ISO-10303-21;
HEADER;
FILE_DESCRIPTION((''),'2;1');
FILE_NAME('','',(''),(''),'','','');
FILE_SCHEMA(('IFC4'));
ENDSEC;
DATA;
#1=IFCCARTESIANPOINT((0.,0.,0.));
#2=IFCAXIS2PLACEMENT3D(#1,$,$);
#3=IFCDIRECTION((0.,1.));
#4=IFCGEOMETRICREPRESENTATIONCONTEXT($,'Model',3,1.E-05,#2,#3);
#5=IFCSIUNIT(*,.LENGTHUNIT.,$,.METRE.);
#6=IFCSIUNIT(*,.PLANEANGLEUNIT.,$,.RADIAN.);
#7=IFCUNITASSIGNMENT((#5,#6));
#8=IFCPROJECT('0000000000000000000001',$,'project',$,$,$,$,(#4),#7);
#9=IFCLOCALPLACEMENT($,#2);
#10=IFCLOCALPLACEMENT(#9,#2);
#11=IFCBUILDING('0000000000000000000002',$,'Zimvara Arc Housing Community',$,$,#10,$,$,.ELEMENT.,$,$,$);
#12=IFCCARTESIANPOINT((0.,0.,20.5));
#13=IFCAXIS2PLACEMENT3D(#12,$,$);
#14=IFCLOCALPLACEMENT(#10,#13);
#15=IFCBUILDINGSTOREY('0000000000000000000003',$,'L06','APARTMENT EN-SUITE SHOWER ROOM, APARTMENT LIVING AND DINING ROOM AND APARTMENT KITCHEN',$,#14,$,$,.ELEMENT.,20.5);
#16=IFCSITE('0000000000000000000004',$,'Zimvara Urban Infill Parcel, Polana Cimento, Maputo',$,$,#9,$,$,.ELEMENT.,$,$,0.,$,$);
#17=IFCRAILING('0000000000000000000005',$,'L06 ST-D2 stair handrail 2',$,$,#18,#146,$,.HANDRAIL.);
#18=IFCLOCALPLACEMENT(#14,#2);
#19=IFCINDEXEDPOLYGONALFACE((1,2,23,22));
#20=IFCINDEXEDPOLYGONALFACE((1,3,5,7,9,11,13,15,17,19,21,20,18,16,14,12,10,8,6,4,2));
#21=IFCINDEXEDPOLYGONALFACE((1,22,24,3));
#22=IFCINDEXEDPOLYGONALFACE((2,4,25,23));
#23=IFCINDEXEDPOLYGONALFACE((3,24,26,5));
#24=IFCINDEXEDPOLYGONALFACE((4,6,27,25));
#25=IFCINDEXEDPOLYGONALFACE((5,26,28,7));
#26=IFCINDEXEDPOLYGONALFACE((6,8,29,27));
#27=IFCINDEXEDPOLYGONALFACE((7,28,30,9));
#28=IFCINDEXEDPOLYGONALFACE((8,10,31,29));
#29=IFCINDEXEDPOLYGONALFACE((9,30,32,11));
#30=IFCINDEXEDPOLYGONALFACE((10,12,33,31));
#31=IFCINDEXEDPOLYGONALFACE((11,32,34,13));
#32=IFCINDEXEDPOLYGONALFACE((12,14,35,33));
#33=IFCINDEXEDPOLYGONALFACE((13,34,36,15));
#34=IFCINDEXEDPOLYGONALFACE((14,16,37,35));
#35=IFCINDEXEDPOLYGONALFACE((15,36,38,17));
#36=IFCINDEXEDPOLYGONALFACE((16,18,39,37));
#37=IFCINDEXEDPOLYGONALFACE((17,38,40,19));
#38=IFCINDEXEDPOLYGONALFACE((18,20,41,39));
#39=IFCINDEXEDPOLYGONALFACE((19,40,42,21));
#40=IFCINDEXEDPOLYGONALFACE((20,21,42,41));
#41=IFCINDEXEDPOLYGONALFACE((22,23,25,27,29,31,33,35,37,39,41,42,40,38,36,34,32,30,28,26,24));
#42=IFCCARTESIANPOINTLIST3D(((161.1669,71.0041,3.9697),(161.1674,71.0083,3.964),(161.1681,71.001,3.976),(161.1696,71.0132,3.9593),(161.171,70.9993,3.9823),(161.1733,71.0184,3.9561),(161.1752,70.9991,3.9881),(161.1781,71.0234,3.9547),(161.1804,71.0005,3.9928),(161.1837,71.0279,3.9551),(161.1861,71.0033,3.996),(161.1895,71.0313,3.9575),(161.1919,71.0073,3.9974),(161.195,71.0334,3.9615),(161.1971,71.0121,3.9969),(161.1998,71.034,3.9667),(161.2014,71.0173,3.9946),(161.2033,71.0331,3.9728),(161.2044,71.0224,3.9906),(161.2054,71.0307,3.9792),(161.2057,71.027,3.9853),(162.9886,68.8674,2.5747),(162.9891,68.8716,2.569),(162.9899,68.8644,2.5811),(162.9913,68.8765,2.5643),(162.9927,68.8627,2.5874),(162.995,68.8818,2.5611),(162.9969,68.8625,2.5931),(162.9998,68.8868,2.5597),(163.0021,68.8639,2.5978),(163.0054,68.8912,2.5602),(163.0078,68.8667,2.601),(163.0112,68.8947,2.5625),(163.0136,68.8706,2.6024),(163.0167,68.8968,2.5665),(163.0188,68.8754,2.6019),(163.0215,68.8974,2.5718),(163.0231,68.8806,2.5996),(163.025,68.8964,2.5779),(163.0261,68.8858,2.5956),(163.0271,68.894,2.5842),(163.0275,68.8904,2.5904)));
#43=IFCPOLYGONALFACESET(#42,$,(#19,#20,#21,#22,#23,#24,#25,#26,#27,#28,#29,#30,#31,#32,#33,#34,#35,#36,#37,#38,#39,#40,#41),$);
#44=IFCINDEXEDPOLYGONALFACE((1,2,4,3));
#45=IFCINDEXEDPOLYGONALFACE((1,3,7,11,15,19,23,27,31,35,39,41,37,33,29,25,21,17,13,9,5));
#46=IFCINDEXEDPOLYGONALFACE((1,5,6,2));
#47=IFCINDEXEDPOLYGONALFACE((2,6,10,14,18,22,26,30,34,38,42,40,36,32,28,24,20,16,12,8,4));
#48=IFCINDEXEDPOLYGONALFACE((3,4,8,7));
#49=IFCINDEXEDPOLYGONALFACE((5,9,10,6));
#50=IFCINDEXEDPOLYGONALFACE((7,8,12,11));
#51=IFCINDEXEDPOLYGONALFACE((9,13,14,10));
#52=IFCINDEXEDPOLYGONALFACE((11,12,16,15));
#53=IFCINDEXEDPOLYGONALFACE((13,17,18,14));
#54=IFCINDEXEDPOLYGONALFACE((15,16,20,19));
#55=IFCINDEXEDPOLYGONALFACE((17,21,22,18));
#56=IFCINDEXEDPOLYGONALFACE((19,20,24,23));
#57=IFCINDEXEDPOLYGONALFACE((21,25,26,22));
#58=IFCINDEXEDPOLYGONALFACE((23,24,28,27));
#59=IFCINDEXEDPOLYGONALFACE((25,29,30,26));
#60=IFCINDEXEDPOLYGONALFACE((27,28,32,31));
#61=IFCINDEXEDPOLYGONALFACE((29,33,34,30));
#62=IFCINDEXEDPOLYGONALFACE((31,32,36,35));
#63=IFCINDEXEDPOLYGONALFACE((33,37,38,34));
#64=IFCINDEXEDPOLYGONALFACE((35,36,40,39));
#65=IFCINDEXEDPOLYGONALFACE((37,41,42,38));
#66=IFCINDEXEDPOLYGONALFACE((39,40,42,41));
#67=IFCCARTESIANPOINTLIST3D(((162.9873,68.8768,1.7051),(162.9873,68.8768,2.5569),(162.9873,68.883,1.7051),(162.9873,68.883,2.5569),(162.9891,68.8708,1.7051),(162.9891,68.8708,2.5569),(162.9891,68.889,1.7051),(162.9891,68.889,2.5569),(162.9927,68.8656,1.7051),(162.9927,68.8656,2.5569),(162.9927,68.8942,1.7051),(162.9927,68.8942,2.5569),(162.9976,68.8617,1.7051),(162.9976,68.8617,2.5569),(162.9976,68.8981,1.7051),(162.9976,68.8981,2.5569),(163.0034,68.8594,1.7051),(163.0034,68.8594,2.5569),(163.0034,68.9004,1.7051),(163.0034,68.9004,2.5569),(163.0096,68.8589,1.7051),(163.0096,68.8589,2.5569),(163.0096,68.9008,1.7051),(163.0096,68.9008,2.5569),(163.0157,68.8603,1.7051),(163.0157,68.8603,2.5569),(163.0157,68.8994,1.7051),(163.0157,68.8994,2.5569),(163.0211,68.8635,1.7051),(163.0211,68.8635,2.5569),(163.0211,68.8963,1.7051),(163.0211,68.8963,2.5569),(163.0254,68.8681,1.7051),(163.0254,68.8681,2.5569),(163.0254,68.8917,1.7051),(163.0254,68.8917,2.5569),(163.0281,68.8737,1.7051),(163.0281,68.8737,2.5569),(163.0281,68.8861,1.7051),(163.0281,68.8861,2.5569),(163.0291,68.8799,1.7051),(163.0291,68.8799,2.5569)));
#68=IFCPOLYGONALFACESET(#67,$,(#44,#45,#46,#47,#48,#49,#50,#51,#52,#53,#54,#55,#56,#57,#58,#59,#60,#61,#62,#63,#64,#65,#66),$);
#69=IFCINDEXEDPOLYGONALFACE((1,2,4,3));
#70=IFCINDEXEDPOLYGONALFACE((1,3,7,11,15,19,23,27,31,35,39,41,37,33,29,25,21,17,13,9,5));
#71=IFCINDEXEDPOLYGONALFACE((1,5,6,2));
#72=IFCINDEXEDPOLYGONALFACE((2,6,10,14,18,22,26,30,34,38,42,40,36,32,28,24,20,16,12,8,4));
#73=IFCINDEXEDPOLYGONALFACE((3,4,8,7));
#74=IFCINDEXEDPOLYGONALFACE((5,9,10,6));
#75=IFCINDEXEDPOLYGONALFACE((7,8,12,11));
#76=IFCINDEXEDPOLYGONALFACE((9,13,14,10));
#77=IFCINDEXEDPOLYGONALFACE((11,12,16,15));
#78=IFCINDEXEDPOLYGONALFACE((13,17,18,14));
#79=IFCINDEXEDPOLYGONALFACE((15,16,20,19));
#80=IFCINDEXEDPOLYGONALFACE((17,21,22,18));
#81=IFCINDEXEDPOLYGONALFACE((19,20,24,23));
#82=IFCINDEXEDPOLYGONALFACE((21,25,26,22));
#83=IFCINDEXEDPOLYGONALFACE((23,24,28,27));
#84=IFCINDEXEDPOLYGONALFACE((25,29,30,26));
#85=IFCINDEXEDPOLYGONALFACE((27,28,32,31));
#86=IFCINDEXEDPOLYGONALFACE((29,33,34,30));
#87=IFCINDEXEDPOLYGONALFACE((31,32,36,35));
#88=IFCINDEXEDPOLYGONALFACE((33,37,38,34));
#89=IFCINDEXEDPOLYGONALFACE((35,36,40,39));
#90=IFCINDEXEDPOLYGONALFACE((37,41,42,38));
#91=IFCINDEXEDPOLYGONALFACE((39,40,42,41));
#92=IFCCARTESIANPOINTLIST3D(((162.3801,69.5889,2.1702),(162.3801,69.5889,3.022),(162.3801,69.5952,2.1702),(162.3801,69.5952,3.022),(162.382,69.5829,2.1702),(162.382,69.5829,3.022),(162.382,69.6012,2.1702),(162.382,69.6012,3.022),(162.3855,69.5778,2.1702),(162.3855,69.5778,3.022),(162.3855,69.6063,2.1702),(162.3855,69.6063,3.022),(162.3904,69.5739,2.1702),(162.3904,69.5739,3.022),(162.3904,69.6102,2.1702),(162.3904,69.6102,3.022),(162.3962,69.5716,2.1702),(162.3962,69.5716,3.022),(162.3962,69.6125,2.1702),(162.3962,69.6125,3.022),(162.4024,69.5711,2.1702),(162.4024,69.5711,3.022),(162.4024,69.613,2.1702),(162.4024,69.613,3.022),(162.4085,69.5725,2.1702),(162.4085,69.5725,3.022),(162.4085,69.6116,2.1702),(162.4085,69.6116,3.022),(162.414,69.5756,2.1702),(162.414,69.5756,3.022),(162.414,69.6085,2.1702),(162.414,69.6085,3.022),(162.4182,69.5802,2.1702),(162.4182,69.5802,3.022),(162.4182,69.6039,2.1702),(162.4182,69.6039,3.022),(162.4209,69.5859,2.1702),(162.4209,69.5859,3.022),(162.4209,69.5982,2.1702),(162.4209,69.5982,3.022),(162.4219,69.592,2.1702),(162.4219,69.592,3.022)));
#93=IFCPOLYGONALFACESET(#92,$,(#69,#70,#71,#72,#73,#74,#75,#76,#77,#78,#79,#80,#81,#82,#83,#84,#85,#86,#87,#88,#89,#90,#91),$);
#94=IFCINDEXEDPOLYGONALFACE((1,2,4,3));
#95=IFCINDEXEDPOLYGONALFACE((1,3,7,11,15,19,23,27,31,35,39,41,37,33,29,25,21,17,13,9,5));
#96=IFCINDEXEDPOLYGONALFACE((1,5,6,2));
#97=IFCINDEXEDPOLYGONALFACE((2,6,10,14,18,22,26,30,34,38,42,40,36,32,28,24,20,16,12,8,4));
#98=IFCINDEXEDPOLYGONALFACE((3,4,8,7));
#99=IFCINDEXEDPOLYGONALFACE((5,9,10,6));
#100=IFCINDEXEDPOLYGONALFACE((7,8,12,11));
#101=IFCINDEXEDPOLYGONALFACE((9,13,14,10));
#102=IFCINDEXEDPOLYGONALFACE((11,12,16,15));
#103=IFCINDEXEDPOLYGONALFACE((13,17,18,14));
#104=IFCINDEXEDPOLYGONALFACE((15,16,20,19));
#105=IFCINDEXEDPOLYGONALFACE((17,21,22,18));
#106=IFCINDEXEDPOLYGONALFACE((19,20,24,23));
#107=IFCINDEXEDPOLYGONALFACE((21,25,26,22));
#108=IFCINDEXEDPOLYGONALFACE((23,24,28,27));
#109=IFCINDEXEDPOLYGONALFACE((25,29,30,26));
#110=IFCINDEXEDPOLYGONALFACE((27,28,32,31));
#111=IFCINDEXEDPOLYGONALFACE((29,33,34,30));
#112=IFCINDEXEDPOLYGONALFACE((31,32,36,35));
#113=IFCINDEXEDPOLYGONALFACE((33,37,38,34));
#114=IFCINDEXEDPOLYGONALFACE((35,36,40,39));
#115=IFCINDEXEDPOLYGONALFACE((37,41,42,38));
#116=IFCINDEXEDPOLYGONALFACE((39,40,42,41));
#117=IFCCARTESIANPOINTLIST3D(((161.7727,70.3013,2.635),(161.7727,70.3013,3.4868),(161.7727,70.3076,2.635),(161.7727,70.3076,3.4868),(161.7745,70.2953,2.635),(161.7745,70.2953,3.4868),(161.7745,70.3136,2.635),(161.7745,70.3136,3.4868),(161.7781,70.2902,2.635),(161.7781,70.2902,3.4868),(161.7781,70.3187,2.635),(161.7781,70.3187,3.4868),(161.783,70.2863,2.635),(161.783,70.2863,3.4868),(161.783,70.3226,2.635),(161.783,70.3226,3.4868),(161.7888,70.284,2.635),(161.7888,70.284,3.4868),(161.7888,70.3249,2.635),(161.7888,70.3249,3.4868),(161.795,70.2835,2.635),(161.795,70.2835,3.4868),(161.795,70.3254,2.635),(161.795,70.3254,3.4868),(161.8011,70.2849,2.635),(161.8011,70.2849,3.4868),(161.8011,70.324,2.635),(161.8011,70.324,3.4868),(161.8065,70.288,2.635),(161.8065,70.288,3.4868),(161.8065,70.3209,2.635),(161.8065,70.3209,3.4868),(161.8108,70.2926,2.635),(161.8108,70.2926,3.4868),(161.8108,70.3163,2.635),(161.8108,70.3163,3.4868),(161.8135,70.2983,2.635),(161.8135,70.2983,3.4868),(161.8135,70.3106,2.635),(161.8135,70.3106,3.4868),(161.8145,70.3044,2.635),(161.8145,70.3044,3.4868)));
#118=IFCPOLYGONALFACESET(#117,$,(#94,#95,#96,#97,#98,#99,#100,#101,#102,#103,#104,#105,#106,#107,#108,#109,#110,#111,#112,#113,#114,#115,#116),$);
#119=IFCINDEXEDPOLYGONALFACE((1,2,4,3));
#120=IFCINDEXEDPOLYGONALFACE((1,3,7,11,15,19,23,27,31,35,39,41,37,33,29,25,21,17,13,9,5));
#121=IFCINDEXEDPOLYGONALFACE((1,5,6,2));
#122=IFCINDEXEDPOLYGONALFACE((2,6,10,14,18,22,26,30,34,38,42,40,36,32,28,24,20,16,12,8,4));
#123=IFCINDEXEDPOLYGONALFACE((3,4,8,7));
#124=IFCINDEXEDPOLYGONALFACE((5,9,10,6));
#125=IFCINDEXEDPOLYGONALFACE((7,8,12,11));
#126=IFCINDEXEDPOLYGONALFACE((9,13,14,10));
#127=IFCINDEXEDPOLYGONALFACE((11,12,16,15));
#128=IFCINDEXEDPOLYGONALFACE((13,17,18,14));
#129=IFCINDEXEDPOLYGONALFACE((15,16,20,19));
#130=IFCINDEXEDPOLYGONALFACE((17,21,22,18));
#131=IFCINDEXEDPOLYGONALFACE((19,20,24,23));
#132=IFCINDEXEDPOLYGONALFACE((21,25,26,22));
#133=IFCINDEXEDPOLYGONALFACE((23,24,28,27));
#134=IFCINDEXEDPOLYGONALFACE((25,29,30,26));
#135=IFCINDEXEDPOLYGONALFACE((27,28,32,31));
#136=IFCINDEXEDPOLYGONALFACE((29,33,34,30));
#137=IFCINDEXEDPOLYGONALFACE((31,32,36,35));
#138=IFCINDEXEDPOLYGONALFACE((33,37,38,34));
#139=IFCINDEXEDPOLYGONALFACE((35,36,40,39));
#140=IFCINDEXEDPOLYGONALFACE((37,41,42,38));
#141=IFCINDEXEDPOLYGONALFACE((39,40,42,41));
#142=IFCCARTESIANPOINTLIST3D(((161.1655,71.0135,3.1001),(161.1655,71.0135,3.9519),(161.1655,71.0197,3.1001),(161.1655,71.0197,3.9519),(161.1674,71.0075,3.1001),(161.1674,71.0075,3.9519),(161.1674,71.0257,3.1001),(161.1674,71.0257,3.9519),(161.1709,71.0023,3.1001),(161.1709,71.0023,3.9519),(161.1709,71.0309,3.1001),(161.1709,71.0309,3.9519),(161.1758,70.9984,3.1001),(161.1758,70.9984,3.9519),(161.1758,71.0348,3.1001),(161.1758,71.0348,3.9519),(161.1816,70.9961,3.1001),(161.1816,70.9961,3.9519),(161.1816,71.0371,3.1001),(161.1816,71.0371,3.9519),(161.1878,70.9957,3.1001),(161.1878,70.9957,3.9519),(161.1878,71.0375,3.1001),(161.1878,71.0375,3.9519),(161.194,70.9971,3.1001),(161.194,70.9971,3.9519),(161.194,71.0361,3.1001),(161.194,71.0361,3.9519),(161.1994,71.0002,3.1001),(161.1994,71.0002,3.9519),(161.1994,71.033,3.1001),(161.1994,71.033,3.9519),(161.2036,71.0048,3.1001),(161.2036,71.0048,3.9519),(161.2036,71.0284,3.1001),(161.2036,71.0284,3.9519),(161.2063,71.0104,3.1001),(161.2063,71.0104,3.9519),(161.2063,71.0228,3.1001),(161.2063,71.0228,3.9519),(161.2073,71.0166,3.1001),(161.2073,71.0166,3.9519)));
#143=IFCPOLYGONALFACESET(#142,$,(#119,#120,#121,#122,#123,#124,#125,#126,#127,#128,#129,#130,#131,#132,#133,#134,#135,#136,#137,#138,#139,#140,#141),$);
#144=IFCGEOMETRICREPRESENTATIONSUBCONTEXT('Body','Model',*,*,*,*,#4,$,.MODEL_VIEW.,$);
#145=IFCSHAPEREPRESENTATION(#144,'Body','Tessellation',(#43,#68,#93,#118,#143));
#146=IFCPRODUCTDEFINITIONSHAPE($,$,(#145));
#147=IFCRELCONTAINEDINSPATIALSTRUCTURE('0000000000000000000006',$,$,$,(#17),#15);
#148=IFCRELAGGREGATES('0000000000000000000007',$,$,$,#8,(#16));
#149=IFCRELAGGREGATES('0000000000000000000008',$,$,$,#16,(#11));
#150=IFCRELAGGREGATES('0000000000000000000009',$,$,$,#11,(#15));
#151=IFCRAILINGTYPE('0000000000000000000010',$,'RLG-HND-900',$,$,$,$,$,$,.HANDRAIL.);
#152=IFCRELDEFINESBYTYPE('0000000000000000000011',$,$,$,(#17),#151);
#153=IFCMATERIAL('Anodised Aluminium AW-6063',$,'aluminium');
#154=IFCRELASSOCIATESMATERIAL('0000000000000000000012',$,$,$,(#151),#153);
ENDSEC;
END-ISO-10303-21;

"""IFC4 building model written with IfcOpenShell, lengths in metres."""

from ifc_helpers import new_model, si_unit, direction, frame, origin, origin_2d, place, context, subcontext, project, spatial, circle, extrude, material, type_object, element, save


model = new_model("IFC4")

# Units and contexts
model_context = context("Model", 3, precision=1e-05, world=origin(), true_north=direction((0.0, 1.0)))
body_context = subcontext(model_context, "Body", "Model", "MODEL_VIEW")
ifc_project = project(units=[si_unit("LENGTHUNIT", "METRE"), si_unit("PLANEANGLEUNIT", "RADIAN")], contexts=[model_context])

# Site, building, storey
site_placement = place(None, origin())
site = spatial("IfcSite", under=ifc_project, at=site_placement, Name="Zimvara Urban Infill Parcel, Polana Cimento, Maputo", CompositionType="ELEMENT", RefElevation=0.0)
building_placement = place(site_placement, origin())
building = spatial("IfcBuilding", under=site, at=building_placement, Name="Zimvara Arc Housing Community", CompositionType="ELEMENT")
storey_placement = place(building_placement, frame((0.0, 0.0, 20.5)))
storey = spatial("IfcBuildingStorey", under=building, at=storey_placement, Name="L06", Description="APARTMENT EN-SUITE SHOWER ROOM, APARTMENT LIVING AND DINING ROOM AND APARTMENT KITCHEN", CompositionType="ELEMENT", Elevation=20.5)

# Railing
ifc_material_1 = material(Name="Anodised Aluminium AW-6063", Category="aluminium")
railing_type_1 = type_object("IfcRailingType", Name="RLG-HND-900", PredefinedType="HANDRAIL", material=ifc_material_1)
railing_1_placement = place(storey_placement, frame((163.0081, 68.8799, 1.7051)))
element("IfcRailing", 1, at=railing_1_placement, inside=storey, type_object=railing_type_1, Name="L06 ST-D2 stair handrail 2", PredefinedType="HANDRAIL", context=body_context, shape_type="SweptSolid", body=[
    extrude(circle(Radius=0.0239, at=origin_2d()), frame((0.0, 0.0, 0.876), z_axis=(-0.581041, 0.681489, 0.44493), x_axis=(-0.76096, -0.648799, 0.0)), (0.0, 0.0, 1.0), 3.1353),
    extrude(circle(Radius=0.021, at=origin_2d()), origin(), (0.0, 0.0, 1.0), 0.8518),
    extrude(circle(Radius=0.021, at=origin_2d()), frame((-0.6072, 0.7122, 0.4651)), (0.0, 0.0, 1.0), 0.8518),
    extrude(circle(Radius=0.021, at=origin_2d()), frame((-1.2146, 1.4246, 0.9299)), (0.0, 0.0, 1.0), 0.8518),
    extrude(circle(Radius=0.021, at=origin_2d()), frame((-1.8218, 2.1367, 1.395)), (0.0, 0.0, 1.0), 0.8518),
])

save(model, "model.ifc")
